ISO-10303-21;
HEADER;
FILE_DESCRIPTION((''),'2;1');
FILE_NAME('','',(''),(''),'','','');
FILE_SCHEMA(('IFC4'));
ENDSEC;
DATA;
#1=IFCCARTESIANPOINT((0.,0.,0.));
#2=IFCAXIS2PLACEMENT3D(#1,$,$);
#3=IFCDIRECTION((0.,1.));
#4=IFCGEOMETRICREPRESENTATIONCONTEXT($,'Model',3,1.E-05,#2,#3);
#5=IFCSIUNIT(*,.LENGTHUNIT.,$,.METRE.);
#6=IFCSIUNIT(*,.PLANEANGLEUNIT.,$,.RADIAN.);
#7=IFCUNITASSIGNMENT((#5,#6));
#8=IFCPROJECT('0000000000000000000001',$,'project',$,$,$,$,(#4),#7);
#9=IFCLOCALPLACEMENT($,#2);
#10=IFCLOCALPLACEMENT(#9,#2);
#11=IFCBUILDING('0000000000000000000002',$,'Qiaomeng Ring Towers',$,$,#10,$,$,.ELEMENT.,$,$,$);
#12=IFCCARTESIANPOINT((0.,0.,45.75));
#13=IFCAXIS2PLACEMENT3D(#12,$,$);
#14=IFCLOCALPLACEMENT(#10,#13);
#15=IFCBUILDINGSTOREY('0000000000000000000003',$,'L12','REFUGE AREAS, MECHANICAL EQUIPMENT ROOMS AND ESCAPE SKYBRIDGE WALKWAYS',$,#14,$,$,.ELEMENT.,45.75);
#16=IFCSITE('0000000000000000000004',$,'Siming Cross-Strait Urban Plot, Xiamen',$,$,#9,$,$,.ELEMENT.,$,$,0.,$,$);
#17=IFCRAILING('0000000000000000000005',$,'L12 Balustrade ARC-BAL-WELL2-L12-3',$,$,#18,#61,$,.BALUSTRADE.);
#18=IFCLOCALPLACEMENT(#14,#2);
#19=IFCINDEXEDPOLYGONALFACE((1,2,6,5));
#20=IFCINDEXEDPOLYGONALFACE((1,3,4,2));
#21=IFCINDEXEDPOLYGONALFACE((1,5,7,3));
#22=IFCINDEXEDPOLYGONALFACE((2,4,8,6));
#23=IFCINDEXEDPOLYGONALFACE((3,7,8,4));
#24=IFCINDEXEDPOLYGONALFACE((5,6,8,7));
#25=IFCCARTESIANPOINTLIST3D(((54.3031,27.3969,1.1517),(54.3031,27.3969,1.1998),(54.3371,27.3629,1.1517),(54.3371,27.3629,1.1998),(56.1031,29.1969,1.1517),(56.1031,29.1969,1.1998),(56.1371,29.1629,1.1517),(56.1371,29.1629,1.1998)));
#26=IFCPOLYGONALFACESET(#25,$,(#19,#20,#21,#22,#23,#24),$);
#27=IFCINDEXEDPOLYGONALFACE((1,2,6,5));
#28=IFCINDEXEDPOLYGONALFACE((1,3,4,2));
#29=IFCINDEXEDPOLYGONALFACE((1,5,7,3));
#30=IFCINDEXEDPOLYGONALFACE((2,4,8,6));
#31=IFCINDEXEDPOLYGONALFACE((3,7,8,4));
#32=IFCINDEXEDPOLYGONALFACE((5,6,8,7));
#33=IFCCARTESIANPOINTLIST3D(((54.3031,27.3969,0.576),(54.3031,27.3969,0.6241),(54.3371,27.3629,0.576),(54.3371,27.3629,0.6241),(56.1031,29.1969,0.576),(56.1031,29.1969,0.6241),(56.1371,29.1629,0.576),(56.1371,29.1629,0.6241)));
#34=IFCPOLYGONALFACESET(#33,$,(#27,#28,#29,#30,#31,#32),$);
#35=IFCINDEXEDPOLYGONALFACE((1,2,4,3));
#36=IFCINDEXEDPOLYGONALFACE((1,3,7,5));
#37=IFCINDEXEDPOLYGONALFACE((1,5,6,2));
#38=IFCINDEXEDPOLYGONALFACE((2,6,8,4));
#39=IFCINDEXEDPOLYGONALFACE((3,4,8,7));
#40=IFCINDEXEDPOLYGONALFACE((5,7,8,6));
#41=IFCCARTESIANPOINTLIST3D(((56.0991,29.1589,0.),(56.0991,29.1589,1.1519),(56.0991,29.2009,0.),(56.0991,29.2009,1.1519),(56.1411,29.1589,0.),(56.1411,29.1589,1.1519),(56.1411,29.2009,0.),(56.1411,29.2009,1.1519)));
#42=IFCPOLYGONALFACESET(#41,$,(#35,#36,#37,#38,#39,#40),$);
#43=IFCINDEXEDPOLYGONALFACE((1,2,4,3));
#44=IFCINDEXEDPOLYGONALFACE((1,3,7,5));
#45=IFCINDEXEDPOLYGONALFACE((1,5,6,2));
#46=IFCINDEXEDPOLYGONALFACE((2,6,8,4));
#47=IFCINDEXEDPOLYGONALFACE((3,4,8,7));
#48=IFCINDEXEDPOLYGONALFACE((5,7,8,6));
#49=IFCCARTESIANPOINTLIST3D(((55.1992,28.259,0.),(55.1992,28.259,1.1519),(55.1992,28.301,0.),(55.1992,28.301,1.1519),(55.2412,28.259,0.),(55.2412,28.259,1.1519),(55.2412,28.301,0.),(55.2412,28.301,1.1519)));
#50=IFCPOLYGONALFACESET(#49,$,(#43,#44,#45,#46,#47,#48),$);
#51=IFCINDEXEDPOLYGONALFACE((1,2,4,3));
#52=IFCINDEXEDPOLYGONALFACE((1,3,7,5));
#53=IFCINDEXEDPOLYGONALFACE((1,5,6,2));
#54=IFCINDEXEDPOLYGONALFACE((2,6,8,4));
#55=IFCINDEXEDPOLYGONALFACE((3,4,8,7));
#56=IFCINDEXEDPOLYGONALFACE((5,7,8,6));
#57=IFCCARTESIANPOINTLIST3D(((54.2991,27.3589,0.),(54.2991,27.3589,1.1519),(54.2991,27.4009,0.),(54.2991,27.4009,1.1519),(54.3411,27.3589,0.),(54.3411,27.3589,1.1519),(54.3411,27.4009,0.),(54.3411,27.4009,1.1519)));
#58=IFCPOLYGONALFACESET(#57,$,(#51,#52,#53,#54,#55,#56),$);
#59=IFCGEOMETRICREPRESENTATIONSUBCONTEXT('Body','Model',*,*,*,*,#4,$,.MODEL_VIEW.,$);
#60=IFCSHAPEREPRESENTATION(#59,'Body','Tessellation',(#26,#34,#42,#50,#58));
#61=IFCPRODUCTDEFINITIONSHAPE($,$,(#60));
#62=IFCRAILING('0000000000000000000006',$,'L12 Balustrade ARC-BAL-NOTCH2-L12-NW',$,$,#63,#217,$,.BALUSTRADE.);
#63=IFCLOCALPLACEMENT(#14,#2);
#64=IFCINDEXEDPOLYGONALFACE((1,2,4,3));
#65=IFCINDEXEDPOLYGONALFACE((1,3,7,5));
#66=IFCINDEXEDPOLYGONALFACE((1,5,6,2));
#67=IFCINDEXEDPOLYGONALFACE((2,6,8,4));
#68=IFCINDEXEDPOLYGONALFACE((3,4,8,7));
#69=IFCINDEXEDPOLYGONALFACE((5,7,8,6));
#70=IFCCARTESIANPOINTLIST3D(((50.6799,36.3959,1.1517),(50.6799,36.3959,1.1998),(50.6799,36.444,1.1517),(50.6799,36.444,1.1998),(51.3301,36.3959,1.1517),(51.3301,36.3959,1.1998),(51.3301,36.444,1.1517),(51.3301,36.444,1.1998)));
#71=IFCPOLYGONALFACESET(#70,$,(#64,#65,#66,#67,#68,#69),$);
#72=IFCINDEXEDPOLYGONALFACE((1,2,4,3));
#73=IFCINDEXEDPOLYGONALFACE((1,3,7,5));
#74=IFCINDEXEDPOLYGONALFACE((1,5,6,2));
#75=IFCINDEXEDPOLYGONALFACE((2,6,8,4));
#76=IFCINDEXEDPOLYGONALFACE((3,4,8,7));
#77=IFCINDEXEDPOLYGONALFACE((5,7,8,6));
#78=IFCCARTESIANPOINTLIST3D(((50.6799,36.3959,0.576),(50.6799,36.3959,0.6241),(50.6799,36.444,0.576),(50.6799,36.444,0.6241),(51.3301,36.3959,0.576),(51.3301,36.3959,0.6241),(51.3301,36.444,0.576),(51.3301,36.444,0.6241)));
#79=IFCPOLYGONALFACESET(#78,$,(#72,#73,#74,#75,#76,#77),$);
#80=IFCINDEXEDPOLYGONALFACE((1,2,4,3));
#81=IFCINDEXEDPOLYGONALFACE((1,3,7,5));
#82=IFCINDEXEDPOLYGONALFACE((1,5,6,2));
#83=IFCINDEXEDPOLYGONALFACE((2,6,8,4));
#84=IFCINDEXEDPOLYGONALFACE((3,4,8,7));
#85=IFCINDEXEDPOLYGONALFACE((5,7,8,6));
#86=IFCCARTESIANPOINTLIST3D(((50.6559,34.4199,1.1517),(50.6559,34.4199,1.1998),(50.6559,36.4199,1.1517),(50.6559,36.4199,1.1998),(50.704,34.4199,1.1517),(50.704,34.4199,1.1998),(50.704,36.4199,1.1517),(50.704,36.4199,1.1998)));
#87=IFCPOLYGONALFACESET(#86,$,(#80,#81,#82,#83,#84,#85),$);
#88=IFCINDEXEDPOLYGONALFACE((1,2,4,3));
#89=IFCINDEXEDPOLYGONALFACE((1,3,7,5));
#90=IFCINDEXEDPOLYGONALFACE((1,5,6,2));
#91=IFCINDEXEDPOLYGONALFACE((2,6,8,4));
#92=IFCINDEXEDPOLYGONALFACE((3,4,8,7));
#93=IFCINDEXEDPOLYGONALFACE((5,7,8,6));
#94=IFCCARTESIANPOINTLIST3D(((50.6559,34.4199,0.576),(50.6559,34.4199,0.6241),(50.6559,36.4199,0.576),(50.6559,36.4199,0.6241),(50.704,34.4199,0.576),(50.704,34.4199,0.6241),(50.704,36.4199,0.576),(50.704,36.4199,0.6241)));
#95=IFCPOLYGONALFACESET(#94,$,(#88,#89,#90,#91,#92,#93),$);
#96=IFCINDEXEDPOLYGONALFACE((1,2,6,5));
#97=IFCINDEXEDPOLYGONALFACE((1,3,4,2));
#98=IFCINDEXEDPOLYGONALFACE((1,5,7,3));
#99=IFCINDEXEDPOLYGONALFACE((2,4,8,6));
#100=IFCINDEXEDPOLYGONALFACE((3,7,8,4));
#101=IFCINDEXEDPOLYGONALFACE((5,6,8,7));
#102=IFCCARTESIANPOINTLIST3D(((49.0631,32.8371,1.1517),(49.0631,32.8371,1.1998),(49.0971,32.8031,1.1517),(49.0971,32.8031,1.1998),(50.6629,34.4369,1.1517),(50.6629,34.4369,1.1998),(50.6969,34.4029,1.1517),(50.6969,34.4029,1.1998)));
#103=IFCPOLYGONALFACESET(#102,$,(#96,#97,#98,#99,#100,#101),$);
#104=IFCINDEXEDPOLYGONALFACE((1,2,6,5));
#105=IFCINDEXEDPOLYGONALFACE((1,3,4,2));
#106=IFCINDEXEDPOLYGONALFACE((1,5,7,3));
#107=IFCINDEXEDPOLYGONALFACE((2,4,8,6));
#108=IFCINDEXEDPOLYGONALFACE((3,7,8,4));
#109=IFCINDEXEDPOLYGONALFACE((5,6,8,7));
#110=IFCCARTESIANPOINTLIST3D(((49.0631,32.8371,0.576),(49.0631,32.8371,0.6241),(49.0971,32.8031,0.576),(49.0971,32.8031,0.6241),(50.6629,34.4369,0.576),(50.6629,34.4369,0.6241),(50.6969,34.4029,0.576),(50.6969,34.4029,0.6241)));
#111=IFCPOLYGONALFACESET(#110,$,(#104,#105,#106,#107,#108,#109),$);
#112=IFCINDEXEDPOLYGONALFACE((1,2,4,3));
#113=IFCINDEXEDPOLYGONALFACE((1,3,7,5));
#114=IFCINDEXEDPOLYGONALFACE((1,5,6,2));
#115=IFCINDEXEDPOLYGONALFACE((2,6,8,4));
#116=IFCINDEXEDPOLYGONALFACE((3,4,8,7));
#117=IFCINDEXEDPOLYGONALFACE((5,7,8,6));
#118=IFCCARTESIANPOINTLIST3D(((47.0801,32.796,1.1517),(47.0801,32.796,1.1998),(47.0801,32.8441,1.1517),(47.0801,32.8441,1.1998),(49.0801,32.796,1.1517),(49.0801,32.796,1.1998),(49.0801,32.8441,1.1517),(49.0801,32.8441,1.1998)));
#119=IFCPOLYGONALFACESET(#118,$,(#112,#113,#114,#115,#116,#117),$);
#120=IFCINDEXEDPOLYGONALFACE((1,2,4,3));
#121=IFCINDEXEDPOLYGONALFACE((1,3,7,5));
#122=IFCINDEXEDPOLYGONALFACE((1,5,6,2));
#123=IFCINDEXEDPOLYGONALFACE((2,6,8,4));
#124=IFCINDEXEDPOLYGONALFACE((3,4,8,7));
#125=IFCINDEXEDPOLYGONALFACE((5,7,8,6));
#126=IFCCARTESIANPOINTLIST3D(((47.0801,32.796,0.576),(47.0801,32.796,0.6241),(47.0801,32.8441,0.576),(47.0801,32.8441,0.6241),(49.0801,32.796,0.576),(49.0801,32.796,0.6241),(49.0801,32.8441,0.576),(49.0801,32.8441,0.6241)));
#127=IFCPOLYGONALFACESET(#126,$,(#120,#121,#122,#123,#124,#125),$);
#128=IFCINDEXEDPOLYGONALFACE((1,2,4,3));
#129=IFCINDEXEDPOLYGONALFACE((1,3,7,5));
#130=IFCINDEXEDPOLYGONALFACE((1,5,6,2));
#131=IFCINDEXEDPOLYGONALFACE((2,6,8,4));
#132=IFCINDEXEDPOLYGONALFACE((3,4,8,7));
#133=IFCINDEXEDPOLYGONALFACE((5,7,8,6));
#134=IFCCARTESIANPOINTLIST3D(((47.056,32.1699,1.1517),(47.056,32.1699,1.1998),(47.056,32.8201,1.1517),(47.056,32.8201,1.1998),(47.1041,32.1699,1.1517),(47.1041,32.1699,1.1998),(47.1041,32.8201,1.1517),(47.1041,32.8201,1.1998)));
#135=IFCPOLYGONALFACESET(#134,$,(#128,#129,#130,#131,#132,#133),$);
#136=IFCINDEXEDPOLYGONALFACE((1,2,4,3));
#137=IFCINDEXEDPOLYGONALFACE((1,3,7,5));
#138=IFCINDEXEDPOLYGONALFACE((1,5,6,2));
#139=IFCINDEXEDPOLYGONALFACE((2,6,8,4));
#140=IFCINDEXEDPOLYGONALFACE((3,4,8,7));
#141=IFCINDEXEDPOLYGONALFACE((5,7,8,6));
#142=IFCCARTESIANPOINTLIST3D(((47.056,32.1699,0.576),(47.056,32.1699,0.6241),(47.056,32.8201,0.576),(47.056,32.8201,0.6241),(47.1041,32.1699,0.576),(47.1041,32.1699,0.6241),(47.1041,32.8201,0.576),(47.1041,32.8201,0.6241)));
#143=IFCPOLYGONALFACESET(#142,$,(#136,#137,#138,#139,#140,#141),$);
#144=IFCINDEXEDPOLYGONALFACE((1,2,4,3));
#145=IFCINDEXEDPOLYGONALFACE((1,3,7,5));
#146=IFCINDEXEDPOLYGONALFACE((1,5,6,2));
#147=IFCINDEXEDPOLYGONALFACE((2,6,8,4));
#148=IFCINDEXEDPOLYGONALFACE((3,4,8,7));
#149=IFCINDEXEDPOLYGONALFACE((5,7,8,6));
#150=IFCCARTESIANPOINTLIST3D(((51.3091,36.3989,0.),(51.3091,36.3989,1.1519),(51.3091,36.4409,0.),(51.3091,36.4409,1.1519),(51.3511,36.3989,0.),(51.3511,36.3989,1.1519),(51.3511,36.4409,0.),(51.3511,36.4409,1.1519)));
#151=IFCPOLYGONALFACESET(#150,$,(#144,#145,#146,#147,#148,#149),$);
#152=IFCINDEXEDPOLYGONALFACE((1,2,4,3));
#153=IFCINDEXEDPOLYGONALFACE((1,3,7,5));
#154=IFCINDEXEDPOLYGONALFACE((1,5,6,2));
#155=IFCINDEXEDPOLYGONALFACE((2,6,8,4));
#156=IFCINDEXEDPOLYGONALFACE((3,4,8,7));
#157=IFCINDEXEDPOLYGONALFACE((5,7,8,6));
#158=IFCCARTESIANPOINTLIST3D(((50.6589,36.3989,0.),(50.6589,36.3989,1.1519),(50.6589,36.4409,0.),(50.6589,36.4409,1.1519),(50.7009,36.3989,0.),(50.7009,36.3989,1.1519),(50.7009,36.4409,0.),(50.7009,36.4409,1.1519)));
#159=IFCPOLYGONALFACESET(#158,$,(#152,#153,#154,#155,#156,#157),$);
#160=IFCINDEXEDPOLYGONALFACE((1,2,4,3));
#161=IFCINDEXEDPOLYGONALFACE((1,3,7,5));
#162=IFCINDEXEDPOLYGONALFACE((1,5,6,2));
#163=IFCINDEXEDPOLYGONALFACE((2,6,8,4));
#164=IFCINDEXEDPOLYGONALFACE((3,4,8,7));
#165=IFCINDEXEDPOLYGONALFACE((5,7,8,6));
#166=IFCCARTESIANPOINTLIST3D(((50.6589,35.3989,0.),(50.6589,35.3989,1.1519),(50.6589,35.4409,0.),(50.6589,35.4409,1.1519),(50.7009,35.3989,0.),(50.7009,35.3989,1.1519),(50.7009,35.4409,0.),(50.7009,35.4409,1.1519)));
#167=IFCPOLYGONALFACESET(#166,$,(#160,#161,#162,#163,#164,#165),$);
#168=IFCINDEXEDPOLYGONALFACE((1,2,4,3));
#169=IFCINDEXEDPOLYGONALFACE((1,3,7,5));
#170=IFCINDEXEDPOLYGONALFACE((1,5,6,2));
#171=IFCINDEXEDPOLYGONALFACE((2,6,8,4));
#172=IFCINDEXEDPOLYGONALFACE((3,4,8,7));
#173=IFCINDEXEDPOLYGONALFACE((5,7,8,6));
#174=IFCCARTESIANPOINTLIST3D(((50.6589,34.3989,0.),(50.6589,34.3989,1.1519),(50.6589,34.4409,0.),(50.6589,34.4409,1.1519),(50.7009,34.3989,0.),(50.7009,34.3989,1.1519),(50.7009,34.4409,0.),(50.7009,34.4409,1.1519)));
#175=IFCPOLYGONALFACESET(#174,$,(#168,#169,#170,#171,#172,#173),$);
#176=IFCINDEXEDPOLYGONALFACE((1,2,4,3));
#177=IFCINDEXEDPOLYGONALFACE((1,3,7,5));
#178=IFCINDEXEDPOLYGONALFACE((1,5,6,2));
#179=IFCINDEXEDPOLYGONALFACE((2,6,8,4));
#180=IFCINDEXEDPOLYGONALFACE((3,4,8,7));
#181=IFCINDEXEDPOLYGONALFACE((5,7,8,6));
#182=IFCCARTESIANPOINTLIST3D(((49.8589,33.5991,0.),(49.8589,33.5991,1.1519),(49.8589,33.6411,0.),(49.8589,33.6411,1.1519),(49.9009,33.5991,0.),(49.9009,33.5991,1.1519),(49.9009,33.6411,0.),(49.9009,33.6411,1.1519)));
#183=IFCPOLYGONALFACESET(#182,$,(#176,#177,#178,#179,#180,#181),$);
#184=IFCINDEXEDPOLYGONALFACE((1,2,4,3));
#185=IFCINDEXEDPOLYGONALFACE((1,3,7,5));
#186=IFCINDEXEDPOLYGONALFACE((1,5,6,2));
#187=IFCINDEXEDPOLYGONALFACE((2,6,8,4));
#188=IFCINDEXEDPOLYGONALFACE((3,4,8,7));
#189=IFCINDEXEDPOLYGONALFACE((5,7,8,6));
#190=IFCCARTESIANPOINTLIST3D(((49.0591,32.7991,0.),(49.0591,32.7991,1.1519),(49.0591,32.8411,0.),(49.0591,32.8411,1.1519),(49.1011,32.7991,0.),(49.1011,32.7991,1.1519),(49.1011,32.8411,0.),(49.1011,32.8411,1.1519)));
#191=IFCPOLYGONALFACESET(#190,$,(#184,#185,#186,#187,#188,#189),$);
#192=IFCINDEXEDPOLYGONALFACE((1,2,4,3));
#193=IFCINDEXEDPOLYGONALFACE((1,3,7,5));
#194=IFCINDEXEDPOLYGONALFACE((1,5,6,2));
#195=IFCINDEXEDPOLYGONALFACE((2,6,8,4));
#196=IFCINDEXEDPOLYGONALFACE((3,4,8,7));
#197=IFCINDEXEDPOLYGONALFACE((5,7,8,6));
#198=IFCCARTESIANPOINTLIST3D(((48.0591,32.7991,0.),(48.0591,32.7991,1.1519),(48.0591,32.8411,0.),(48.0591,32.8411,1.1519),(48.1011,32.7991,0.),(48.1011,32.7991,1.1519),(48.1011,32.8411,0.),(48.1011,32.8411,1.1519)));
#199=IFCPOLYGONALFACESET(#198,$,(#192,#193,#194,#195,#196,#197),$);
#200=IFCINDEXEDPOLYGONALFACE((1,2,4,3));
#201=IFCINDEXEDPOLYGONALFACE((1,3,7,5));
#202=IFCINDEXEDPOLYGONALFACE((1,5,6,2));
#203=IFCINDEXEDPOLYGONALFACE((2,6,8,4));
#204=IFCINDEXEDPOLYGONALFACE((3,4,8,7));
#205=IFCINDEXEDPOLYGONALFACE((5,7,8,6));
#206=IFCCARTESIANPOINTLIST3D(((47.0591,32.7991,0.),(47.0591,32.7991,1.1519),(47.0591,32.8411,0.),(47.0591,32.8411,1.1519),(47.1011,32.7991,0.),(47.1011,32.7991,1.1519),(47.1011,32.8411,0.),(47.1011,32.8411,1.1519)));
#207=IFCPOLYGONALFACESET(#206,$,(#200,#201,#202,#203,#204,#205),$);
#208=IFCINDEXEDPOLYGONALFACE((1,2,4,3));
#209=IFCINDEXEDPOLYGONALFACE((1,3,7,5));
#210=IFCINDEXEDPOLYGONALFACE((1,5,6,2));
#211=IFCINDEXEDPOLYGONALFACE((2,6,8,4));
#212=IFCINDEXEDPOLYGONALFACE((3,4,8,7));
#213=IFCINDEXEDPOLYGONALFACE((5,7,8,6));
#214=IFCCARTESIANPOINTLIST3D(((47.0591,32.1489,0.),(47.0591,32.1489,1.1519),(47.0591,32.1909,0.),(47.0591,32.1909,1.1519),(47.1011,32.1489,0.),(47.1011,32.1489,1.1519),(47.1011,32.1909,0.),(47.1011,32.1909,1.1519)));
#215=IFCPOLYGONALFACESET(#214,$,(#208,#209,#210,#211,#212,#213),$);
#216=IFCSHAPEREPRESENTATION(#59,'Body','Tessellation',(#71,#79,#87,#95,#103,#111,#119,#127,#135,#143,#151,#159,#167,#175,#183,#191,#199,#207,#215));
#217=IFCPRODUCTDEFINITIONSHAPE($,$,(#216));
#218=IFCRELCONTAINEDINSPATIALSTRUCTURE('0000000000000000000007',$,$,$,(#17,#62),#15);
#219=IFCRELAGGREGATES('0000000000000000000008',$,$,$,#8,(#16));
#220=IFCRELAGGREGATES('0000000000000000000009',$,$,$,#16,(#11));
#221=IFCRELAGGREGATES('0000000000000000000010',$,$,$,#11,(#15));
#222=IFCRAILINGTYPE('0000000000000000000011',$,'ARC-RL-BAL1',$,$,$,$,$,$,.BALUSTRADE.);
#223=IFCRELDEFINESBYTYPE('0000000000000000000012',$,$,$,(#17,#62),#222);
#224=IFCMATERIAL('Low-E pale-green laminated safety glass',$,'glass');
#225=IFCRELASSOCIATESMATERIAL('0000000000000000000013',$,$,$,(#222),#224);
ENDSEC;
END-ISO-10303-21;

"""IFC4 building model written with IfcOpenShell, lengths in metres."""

from ifc_helpers import new_model, si_unit, direction, frame, origin, origin_2d, place, context, subcontext, project, spatial, rectangle, extrude, material, type_object, element, save


model = new_model("IFC4")

# Units and contexts
model_context = context("Model", 3, precision=1e-05, world=origin(), true_north=direction((0.0, 1.0)))
body_context = subcontext(model_context, "Body", "Model", "MODEL_VIEW")
ifc_project = project(units=[si_unit("LENGTHUNIT", "METRE"), si_unit("PLANEANGLEUNIT", "RADIAN")], contexts=[model_context])

# Site, building, storey
site_placement = place(None, origin())
site = spatial("IfcSite", under=ifc_project, at=site_placement, Name="Siming Cross-Strait Urban Plot, Xiamen", CompositionType="ELEMENT", RefElevation=0.0)
building_placement = place(site_placement, origin())
building = spatial("IfcBuilding", under=site, at=building_placement, Name="Qiaomeng Ring Towers", CompositionType="ELEMENT")
storey_placement = place(building_placement, frame((0.0, 0.0, 45.75)))
storey = spatial("IfcBuildingStorey", under=building, at=storey_placement, Name="L12", Description="REFUGE AREAS, MECHANICAL EQUIPMENT ROOMS AND ESCAPE SKYBRIDGE WALKWAYS", CompositionType="ELEMENT", Elevation=45.75)

# Railings
ifc_material_1 = material(Name="Low-E pale-green laminated safety glass", Category="glass")
railing_type_1 = type_object("IfcRailingType", Name="ARC-RL-BAL1", PredefinedType="BALUSTRADE", material=ifc_material_1)
railing_1_placement = place(storey_placement, frame((56.1201, 29.1799, 0.0)))
element("IfcRailing", 1, at=railing_1_placement, inside=storey, type_object=railing_type_1, Name="L12 Balustrade ARC-BAL-WELL2-L12-3", PredefinedType="BALUSTRADE", context=body_context, shape_type="SweptSolid", body=[
    extrude(rectangle(XDim=0.0481, YDim=0.0481, at=origin_2d()), frame((0.0, 0.0, 1.1758), z_axis=(-0.707107, -0.707107, 0.0), x_axis=(0.707107, -0.707107, 0.0)), (0.0, 0.0, 1.0), 2.5457),
    extrude(rectangle(XDim=0.0481, YDim=0.0481, at=origin_2d()), frame((0.0, 0.0, 0.6001), z_axis=(-0.707107, -0.707107, 0.0), x_axis=(0.707107, -0.707107, 0.0)), (0.0, 0.0, 1.0), 2.5457),
    extrude(rectangle(XDim=0.042, YDim=0.042, at=origin_2d()), origin(), (0.0, 0.0, 1.0), 1.1519),
    extrude(rectangle(XDim=0.042, YDim=0.042, at=origin_2d()), frame((-0.8999, -0.8999, 0.0)), (0.0, 0.0, 1.0), 1.1519),
    extrude(rectangle(XDim=0.042, YDim=0.042, at=origin_2d()), frame((-1.8, -1.8, 0.0)), (0.0, 0.0, 1.0), 1.1519),
])
railing_2_placement = place(storey_placement, frame((51.3301, 36.4199, 0.0)))
element("IfcRailing", 2, at=railing_2_placement, inside=storey, type_object=railing_type_1, Name="L12 Balustrade ARC-BAL-NOTCH2-L12-NW", PredefinedType="BALUSTRADE", context=body_context, shape_type="SweptSolid", body=[
    extrude(rectangle(XDim=0.0481, YDim=0.0481, at=origin_2d()), frame((0.0, 0.0, 1.1758), z_axis=(-1.0, 0.0, 0.0), x_axis=(0.0, -1.0, 0.0)), (0.0, 0.0, 1.0), 0.6501),
    extrude(rectangle(XDim=0.0481, YDim=0.0481, at=origin_2d()), frame((0.0, 0.0, 0.6001), z_axis=(-1.0, 0.0, 0.0), x_axis=(0.0, -1.0, 0.0)), (0.0, 0.0, 1.0), 0.6501),
    extrude(rectangle(XDim=0.0481, YDim=0.0481, at=origin_2d()), frame((-0.6501, 0.0, 1.1758), z_axis=(0.0, -1.0, 0.0), x_axis=(1.0, 0.0, 0.0)), (0.0, 0.0, 1.0), 2.0),
    extrude(rectangle(XDim=0.0481, YDim=0.0481, at=origin_2d()), frame((-0.6501, 0.0, 0.6001), z_axis=(0.0, -1.0, 0.0), x_axis=(1.0, 0.0, 0.0)), (0.0, 0.0, 1.0), 2.0),
    extrude(rectangle(XDim=0.0481, YDim=0.0481, at=origin_2d()), frame((-0.6501, -2.0, 1.1758), z_axis=(-0.707107, -0.707107, 0.0), x_axis=(0.707107, -0.707107, 0.0)), (0.0, 0.0, 1.0), 2.2625),
    extrude(rectangle(XDim=0.0481, YDim=0.0481, at=origin_2d()), frame((-0.6501, -2.0, 0.6001), z_axis=(-0.707107, -0.707107, 0.0), x_axis=(0.707107, -0.707107, 0.0)), (0.0, 0.0, 1.0), 2.2625),
    extrude(rectangle(XDim=0.0481, YDim=0.0481, at=origin_2d()), frame((-2.25, -3.5999, 1.1758), z_axis=(-1.0, 0.0, 0.0), x_axis=(0.0, -1.0, 0.0)), (0.0, 0.0, 1.0), 2.0),
    extrude(rectangle(XDim=0.0481, YDim=0.0481, at=origin_2d()), frame((-2.25, -3.5999, 0.6001), z_axis=(-1.0, 0.0, 0.0), x_axis=(0.0, -1.0, 0.0)), (0.0, 0.0, 1.0), 2.0),
    extrude(rectangle(XDim=0.0481, YDim=0.0481, at=origin_2d()), frame((-4.25, -3.5999, 1.1758), z_axis=(0.0, -1.0, 0.0), x_axis=(1.0, 0.0, 0.0)), (0.0, 0.0, 1.0), 0.6501),
    extrude(rectangle(XDim=0.0481, YDim=0.0481, at=origin_2d()), frame((-4.25, -3.5999, 0.6001), z_axis=(0.0, -1.0, 0.0), x_axis=(1.0, 0.0, 0.0)), (0.0, 0.0, 1.0), 0.6501),
    extrude(rectangle(XDim=0.042, YDim=0.042, at=origin_2d()), origin(), (0.0, 0.0, 1.0), 1.1519),
    extrude(rectangle(XDim=0.042, YDim=0.042, at=origin_2d()), frame((-0.6501, 0.0, 0.0)), (0.0, 0.0, 1.0), 1.1519),
    extrude(rectangle(XDim=0.042, YDim=0.042, at=origin_2d()), frame((-0.6501, -1.0, 0.0)), (0.0, 0.0, 1.0), 1.1519),
    extrude(rectangle(XDim=0.042, YDim=0.042, at=origin_2d()), frame((-0.6501, -2.0, 0.0)), (0.0, 0.0, 1.0), 1.1519),
    extrude(rectangle(XDim=0.042, YDim=0.042, at=origin_2d()), frame((-1.4502, -2.7998, 0.0)), (0.0, 0.0, 1.0), 1.1519),
    extrude(rectangle(XDim=0.042, YDim=0.042, at=origin_2d()), frame((-2.25, -3.5999, 0.0)), (0.0, 0.0, 1.0), 1.1519),
    extrude(rectangle(XDim=0.042, YDim=0.042, at=origin_2d()), frame((-3.25, -3.5999, 0.0)), (0.0, 0.0, 1.0), 1.1519),
    extrude(rectangle(XDim=0.042, YDim=0.042, at=origin_2d()), frame((-4.25, -3.5999, 0.0)), (0.0, 0.0, 1.0), 1.1519),
    extrude(rectangle(XDim=0.042, YDim=0.042, at=origin_2d()), frame((-4.25, -4.25, 0.0)), (0.0, 0.0, 1.0), 1.1519),
])

save(model, "model.ifc")
